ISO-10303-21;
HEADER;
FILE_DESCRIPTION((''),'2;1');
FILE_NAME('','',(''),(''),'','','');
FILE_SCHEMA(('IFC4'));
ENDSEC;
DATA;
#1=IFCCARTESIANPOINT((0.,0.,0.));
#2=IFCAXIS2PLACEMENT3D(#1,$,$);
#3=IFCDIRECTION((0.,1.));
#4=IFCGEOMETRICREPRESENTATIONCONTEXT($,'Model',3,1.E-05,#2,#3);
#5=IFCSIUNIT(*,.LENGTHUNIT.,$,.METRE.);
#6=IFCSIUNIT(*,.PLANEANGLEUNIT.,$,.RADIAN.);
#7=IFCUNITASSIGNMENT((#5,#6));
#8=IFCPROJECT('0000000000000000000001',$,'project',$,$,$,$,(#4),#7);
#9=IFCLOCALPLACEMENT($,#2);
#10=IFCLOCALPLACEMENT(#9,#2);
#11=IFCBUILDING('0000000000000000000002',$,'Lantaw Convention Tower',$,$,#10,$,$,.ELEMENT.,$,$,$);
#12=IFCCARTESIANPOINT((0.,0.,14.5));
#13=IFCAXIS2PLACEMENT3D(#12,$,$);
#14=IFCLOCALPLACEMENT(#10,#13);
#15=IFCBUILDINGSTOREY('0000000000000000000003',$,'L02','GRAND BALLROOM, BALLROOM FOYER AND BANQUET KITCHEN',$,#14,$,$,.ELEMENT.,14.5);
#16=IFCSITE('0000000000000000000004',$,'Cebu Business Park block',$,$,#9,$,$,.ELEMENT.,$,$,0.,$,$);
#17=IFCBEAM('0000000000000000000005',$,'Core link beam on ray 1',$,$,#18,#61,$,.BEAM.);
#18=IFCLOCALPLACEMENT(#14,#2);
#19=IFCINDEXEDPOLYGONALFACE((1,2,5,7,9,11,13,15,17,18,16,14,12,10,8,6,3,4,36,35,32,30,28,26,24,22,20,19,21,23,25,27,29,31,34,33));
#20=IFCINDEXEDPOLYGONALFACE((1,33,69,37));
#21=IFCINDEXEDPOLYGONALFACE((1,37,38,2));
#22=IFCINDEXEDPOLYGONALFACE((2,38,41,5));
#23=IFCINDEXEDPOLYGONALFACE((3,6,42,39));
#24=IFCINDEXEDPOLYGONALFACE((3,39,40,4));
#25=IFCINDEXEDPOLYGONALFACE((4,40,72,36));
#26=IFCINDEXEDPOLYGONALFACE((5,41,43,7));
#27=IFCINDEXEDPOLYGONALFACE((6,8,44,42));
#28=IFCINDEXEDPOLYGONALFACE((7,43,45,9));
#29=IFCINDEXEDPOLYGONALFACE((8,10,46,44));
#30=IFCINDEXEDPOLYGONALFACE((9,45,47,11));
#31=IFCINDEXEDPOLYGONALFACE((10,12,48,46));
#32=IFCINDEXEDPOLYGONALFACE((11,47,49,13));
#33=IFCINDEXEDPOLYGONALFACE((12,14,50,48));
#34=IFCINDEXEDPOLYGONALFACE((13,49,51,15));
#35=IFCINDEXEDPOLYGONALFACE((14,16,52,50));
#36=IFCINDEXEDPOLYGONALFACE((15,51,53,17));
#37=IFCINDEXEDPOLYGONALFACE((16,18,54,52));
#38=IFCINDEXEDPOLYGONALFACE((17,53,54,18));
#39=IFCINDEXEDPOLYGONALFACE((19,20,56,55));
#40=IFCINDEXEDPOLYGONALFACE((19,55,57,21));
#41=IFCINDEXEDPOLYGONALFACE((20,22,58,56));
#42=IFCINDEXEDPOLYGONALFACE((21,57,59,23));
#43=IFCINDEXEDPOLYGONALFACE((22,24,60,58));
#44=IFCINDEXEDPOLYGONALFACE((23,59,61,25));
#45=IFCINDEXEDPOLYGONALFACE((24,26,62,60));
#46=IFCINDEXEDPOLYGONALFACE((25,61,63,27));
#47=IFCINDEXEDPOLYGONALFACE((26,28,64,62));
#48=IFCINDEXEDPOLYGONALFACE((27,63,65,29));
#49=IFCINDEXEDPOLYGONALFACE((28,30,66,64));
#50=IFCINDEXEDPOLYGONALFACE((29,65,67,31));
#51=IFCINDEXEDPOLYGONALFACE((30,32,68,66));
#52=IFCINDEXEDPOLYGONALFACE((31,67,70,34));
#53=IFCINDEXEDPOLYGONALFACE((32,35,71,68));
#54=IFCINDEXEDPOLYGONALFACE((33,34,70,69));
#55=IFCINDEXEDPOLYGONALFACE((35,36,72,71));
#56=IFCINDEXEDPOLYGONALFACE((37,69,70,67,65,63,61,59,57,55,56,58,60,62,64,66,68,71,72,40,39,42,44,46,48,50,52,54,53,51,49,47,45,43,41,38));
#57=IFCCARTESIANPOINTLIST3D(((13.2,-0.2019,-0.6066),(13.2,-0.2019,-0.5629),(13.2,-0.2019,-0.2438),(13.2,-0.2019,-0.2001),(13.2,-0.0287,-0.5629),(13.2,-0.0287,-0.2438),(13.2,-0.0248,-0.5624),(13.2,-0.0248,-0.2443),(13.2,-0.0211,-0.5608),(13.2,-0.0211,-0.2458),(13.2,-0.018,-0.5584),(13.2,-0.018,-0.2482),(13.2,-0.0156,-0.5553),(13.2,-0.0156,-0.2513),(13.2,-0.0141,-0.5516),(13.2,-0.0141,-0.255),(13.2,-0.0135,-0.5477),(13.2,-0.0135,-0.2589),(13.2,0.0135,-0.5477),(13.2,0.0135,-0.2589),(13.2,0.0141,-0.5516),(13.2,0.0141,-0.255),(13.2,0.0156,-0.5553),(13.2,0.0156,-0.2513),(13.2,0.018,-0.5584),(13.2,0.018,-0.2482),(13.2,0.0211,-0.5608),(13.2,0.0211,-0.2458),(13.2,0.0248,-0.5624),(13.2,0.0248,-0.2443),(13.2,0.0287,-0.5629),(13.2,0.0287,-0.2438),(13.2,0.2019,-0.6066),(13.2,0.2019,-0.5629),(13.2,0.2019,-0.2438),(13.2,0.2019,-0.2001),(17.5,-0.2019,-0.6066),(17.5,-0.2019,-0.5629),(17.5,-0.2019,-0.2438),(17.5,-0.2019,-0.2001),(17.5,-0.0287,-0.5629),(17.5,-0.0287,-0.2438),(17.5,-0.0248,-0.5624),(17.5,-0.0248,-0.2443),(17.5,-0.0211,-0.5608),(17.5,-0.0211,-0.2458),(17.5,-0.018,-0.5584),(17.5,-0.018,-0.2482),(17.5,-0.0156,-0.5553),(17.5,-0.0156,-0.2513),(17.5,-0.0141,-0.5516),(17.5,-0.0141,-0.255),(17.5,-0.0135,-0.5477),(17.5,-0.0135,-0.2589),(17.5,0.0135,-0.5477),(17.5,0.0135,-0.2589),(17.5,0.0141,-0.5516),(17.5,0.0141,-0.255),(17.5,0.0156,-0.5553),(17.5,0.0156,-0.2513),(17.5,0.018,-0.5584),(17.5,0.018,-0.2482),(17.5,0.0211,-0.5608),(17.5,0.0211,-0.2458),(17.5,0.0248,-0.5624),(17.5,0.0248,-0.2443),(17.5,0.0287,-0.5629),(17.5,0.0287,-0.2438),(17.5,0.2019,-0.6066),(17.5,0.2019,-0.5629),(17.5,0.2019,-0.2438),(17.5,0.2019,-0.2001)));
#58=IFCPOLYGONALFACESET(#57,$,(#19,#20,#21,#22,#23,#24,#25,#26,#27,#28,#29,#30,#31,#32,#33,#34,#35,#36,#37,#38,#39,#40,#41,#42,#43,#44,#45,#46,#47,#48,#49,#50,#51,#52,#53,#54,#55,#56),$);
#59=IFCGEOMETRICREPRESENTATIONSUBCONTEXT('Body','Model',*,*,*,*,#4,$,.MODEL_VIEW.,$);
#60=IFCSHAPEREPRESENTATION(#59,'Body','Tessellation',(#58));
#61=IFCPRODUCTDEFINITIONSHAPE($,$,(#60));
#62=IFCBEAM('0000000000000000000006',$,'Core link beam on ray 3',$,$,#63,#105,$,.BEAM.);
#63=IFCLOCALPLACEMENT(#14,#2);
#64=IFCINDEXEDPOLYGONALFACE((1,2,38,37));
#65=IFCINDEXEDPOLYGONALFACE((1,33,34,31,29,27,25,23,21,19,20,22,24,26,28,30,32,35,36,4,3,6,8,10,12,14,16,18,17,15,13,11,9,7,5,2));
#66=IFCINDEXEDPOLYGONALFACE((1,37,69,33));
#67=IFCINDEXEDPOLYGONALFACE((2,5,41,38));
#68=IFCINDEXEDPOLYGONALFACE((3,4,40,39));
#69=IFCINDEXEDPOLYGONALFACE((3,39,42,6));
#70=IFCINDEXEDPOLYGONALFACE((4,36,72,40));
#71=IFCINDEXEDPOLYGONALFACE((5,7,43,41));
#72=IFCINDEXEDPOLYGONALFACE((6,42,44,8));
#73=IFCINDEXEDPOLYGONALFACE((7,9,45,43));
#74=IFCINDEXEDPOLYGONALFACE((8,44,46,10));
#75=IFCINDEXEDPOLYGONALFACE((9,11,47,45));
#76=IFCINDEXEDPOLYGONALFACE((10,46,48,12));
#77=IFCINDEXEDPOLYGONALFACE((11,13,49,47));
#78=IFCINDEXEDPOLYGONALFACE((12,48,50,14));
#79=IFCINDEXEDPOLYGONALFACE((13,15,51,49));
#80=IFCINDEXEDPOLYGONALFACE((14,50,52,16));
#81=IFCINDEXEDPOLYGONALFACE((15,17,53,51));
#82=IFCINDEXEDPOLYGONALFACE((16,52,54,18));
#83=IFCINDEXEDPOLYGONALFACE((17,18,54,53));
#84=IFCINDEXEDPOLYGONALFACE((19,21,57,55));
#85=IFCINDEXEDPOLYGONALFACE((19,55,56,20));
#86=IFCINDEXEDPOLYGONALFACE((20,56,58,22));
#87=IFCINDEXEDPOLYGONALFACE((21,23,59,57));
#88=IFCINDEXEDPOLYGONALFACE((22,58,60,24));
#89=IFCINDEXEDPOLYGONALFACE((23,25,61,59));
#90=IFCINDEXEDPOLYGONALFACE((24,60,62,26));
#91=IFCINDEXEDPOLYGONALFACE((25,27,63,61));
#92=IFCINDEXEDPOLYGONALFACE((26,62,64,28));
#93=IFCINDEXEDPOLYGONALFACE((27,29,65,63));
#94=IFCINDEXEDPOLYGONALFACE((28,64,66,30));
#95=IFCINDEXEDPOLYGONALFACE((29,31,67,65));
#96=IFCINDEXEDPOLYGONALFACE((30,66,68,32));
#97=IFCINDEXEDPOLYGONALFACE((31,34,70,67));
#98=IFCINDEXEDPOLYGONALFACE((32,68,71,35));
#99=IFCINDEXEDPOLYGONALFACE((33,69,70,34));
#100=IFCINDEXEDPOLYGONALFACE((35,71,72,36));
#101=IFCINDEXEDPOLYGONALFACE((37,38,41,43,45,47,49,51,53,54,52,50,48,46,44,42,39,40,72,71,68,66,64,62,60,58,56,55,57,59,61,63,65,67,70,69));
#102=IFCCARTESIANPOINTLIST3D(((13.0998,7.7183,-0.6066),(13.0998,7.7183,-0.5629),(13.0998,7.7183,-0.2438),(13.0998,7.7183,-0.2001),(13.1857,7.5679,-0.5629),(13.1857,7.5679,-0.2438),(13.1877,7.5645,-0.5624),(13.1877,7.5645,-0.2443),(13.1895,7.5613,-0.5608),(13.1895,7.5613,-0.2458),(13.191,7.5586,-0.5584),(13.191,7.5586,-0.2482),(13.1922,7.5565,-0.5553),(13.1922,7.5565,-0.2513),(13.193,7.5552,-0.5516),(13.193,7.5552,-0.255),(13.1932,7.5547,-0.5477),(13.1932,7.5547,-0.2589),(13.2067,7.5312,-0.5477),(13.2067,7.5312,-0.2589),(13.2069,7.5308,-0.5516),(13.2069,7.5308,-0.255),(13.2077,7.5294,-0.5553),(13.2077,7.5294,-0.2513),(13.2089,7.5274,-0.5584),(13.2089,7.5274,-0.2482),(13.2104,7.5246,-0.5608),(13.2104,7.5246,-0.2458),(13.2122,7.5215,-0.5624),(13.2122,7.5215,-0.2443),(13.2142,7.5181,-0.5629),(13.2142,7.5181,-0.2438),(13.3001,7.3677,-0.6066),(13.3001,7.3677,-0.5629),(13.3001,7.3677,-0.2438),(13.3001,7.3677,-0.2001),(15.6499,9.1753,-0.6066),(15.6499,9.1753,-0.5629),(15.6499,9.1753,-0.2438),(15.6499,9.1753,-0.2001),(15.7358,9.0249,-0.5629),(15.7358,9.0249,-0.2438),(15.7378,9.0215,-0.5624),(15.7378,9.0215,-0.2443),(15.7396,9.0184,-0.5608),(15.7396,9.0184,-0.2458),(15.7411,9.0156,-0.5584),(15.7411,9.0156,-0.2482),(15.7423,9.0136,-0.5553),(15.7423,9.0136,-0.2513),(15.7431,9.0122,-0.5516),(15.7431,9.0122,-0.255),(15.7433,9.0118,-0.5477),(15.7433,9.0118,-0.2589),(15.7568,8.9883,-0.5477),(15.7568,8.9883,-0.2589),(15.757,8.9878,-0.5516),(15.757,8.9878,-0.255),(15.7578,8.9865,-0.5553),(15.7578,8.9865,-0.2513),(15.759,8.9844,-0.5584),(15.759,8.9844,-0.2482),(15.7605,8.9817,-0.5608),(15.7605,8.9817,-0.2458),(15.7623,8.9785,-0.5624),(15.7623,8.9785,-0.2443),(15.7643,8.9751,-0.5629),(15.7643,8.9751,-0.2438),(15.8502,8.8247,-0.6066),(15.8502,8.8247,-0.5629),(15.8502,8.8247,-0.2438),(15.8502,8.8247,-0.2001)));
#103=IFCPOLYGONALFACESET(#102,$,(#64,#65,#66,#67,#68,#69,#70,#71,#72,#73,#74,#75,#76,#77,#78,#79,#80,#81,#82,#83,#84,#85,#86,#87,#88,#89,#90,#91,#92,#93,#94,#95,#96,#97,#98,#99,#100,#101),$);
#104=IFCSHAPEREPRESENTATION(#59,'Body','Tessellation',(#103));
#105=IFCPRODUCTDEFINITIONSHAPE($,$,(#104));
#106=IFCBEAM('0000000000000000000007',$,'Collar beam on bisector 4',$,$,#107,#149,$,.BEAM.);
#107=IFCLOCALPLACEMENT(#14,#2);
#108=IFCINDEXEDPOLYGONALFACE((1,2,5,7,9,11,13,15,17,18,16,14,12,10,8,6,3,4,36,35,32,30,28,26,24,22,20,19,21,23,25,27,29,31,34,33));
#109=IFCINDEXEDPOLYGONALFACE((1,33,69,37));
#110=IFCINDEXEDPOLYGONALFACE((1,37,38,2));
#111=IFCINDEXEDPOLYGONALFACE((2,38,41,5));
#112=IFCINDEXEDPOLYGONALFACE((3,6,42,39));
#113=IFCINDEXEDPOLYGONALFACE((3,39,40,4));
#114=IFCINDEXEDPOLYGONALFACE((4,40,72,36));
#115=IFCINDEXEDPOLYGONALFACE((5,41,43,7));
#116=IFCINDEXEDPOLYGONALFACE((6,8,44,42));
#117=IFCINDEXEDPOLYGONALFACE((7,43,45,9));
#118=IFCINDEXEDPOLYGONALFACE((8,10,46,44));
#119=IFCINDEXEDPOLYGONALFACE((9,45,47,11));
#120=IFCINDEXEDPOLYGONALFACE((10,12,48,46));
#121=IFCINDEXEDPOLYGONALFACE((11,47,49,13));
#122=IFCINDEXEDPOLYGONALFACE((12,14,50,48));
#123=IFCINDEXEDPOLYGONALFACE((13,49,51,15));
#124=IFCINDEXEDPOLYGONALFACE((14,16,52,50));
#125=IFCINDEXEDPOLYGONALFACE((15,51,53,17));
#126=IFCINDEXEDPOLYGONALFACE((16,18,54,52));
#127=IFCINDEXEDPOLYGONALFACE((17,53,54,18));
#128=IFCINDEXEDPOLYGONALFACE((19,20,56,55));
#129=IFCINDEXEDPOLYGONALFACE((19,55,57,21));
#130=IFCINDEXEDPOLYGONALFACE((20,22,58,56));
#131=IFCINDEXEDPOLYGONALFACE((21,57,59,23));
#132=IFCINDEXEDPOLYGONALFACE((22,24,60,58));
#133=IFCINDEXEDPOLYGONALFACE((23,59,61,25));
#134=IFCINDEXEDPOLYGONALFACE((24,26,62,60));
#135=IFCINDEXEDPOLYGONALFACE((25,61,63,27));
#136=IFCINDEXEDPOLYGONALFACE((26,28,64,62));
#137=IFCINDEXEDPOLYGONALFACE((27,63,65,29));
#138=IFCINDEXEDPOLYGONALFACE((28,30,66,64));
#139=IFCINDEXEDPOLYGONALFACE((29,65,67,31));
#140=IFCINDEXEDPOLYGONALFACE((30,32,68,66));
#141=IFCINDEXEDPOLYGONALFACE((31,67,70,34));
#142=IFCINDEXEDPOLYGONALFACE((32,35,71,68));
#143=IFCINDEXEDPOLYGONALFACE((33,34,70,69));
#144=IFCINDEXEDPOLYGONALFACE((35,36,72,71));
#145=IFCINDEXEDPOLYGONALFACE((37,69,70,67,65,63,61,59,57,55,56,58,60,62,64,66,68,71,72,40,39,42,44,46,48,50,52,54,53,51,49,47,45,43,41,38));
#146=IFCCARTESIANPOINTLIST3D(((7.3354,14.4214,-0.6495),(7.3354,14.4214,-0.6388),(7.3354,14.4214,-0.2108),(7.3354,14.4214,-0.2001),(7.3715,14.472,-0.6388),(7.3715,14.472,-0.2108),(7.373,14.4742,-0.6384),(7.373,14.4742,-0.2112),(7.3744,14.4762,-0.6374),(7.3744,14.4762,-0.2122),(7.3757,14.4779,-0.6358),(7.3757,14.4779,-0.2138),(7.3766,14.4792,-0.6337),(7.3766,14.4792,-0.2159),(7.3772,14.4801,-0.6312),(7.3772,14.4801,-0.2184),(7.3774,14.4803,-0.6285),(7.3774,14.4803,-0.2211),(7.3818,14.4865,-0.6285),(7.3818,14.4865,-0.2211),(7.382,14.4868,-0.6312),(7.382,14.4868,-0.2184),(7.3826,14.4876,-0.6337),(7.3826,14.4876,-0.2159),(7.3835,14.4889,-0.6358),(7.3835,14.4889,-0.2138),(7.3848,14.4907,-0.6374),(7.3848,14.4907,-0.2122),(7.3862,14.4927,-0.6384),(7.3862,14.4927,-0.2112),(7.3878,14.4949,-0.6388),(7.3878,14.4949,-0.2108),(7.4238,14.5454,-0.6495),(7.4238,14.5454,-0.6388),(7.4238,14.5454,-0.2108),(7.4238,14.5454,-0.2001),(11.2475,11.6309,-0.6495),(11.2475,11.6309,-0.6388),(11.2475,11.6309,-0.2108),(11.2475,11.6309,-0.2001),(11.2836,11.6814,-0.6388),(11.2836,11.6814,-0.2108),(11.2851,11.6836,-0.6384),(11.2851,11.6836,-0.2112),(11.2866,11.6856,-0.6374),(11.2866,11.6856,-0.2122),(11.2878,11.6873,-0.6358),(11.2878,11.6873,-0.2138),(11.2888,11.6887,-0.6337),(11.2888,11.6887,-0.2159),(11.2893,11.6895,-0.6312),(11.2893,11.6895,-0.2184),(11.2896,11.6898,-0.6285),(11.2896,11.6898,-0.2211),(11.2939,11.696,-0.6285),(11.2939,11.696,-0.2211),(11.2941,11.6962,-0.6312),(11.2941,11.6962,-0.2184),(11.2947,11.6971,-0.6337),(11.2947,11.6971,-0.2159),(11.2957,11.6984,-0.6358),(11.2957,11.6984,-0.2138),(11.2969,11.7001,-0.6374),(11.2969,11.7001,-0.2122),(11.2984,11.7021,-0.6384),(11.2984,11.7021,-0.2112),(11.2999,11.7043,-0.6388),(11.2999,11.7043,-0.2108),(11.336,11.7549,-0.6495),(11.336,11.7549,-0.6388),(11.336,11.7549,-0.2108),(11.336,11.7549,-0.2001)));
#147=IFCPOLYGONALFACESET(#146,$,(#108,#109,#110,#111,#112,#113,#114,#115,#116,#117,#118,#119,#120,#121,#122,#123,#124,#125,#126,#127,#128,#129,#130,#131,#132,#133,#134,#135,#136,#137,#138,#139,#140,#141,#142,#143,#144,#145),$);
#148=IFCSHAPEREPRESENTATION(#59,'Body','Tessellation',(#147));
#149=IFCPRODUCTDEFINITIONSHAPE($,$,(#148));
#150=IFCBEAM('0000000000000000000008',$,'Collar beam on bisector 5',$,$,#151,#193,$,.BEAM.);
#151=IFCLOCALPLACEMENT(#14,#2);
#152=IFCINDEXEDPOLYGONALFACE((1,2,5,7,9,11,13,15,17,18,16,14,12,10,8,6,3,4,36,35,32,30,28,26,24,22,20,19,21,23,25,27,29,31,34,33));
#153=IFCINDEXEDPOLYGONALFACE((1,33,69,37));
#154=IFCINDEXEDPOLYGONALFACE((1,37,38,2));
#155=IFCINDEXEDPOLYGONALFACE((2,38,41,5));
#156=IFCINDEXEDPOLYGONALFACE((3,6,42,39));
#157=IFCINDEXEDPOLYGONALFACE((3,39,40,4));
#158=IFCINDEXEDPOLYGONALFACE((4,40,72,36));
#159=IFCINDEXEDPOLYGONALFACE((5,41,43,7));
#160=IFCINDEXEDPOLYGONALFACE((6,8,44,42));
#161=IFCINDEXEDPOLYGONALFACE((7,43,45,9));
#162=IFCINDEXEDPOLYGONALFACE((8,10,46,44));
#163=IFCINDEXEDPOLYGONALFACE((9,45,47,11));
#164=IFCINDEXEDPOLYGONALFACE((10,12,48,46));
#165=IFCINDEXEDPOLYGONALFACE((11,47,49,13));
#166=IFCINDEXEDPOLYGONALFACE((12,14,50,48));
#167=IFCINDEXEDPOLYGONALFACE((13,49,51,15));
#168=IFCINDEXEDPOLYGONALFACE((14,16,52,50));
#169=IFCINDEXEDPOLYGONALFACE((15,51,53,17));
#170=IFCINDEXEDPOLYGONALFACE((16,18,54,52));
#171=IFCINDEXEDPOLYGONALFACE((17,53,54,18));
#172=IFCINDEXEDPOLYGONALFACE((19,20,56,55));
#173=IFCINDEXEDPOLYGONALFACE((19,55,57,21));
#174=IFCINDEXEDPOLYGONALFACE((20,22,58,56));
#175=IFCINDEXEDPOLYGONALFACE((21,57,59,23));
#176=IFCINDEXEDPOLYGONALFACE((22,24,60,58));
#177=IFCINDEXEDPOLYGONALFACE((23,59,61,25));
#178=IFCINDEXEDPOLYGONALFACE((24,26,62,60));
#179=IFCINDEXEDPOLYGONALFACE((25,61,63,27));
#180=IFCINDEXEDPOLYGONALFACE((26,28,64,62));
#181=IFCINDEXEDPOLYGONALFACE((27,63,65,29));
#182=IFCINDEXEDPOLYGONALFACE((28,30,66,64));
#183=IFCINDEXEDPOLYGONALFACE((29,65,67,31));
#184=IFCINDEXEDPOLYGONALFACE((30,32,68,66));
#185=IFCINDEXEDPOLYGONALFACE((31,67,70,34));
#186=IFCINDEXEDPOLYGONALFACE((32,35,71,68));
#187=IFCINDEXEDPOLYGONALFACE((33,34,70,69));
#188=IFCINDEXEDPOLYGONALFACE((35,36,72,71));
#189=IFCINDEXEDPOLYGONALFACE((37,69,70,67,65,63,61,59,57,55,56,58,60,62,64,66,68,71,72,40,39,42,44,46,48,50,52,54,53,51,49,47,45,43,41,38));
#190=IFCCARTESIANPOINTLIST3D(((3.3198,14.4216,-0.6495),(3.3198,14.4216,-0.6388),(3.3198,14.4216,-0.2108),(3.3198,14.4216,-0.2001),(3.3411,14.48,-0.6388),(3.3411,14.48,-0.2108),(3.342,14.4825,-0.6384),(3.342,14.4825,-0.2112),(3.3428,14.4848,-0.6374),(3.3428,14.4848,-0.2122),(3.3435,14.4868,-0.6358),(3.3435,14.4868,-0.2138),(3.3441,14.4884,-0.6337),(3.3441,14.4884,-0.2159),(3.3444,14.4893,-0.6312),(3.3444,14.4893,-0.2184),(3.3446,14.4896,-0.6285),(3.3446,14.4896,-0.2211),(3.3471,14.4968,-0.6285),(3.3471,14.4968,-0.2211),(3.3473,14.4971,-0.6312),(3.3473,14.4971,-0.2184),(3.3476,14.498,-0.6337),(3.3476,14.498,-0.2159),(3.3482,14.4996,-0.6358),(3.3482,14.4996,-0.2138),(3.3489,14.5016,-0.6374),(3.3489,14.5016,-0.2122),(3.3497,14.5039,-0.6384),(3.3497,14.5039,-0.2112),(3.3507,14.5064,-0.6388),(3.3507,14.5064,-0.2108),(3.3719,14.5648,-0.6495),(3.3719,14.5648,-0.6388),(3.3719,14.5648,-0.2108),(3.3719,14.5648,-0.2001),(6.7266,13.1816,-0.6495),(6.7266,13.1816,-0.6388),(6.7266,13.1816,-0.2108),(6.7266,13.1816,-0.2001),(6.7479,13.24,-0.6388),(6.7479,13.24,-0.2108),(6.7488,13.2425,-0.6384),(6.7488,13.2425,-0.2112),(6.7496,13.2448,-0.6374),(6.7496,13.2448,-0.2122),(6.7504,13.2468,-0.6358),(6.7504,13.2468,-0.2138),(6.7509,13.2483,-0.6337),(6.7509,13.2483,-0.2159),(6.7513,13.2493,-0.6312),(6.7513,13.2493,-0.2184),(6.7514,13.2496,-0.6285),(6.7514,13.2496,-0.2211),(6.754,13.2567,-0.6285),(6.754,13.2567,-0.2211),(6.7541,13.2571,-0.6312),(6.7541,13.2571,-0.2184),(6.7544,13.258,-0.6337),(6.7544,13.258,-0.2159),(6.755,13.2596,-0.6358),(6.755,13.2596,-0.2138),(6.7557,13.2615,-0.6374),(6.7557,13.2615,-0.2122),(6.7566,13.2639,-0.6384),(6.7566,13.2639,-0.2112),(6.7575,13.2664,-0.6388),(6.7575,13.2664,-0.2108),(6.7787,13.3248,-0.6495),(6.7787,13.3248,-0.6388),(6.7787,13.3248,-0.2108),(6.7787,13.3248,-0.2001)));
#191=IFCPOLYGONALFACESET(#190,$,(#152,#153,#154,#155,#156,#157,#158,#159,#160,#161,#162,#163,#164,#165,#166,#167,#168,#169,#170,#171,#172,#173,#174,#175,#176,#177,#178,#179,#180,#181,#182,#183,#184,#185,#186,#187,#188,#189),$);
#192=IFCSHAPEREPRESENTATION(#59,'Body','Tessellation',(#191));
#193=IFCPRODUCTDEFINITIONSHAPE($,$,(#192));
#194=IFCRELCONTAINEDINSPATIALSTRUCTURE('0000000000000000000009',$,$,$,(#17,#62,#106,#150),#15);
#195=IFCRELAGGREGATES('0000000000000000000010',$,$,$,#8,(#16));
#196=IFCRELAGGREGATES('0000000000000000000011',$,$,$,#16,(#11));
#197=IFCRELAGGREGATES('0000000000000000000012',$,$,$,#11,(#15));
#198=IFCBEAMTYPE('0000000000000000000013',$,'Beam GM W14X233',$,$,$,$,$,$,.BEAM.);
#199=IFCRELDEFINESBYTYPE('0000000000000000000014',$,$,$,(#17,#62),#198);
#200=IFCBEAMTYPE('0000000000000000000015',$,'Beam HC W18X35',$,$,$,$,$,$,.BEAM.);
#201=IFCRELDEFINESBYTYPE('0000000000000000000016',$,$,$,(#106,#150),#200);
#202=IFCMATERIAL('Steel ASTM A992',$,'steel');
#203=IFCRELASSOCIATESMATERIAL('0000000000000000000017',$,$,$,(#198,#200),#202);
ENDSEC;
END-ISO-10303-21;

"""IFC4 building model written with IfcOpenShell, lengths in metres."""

from ifc_helpers import new_model, si_unit, direction, frame, origin, origin_2d, place, context, subcontext, project, spatial, i_section, extrude, material, material_profile, profile_set, type_object, element, save


model = new_model("IFC4")

# Units and contexts
model_context = context("Model", 3, precision=1e-05, world=origin(), true_north=direction((0.0, 1.0)))
body_context = subcontext(model_context, "Body", "Model", "MODEL_VIEW")
ifc_project = project(units=[si_unit("LENGTHUNIT", "METRE"), si_unit("PLANEANGLEUNIT", "RADIAN")], contexts=[model_context])

# Site, building, storey
site_placement = place(None, origin())
site = spatial("IfcSite", under=ifc_project, at=site_placement, Name="Cebu Business Park block", CompositionType="ELEMENT", RefElevation=0.0)
building_placement = place(site_placement, origin())
building = spatial("IfcBuilding", under=site, at=building_placement, Name="Lantaw Convention Tower", CompositionType="ELEMENT")
storey_placement = place(building_placement, frame((0.0, 0.0, 14.5)))
storey = spatial("IfcBuildingStorey", under=building, at=storey_placement, Name="L02", Description="GRAND BALLROOM, BALLROOM FOYER AND BANQUET KITCHEN", CompositionType="ELEMENT", Elevation=14.5)

# Beams
ifc_material_1 = material(Name="Steel ASTM A992", Category="steel")
ifc_material_profile_1 = material_profile(ifc_material_1, i_section(OverallWidth=0.4038, OverallDepth=0.4065, WebThickness=0.0271, FlangeThickness=0.0437, FilletRadius=0.0151, at=origin_2d()), Name="W14X233")
ifc_profile_set_1 = profile_set([ifc_material_profile_1], Name="Steel ASTM A992")
beam_type_1 = type_object("IfcBeamType", Name="Beam GM W14X233", PredefinedType="BEAM", material=ifc_profile_set_1)
beam_1_placement = place(storey_placement, frame((13.2, 0.0, -0.4033), z_axis=(1.0, 0.0, 0.0), x_axis=(0.0, 1.0, 0.0)))
element("IfcBeam", 1, at=beam_1_placement, inside=storey, type_object=beam_type_1, Name="Core link beam on ray 1", PredefinedType="BEAM", context=body_context, shape_type="SweptSolid", body=[
    extrude(i_section(OverallWidth=0.4038, OverallDepth=0.4065, WebThickness=0.0271, FlangeThickness=0.0437, FilletRadius=0.0151, at=origin_2d()), origin(), (0.0, 0.0, 1.0), 4.3),
])
beam_2_placement = place(storey_placement, frame((13.2, 7.543, -0.4033), z_axis=(0.868264, 0.496103, 0.0), x_axis=(-0.496103, 0.868264, 0.0)))
element("IfcBeam", 2, at=beam_2_placement, inside=storey, type_object=beam_type_1, Name="Core link beam on ray 3", PredefinedType="BEAM", context=body_context, shape_type="SweptSolid", body=[
    extrude(i_section(OverallWidth=0.4038, OverallDepth=0.4065, WebThickness=0.0271, FlangeThickness=0.0437, FilletRadius=0.0151, at=origin_2d()), origin(), (0.0, 0.0, 1.0), 2.937),
])
ifc_material_profile_2 = material_profile(ifc_material_1, i_section(OverallWidth=0.1523, OverallDepth=0.4495, WebThickness=0.0076, FlangeThickness=0.0107, FilletRadius=0.0103, at=origin_2d()), Name="W18X35")
ifc_profile_set_2 = profile_set([ifc_material_profile_2], Name="Steel ASTM A992")
beam_type_2 = type_object("IfcBeamType", Name="Beam HC W18X35", PredefinedType="BEAM", material=ifc_profile_set_2)
beam_3_placement = place(storey_placement, frame((11.2917, 11.6929, -0.4248), z_axis=(-0.814111, 0.580709, 0.0), x_axis=(-0.580709, -0.814111, 0.0)))
element("IfcBeam", 3, at=beam_3_placement, inside=storey, type_object=beam_type_2, Name="Collar beam on bisector 4", PredefinedType="BEAM", context=body_context, shape_type="SweptSolid", body=[
    extrude(i_section(OverallWidth=0.1523, OverallDepth=0.4495, WebThickness=0.0076, FlangeThickness=0.0107, FilletRadius=0.0103, at=origin_2d()), origin(), (0.0, 0.0, 1.0), 4.8054),
])
beam_4_placement = place(storey_placement, frame((6.7527, 13.2532, -0.4248), z_axis=(-0.939689, 0.34203, 0.0), x_axis=(-0.34203, -0.939689, 0.0)))
element("IfcBeam", 4, at=beam_4_placement, inside=storey, type_object=beam_type_2, Name="Collar beam on bisector 5", PredefinedType="BEAM", context=body_context, shape_type="SweptSolid", body=[
    extrude(i_section(OverallWidth=0.1523, OverallDepth=0.4495, WebThickness=0.0076, FlangeThickness=0.0107, FilletRadius=0.0103, at=origin_2d()), origin(), (0.0, 0.0, 1.0), 3.6255),
])

save(model, "model.ifc")
